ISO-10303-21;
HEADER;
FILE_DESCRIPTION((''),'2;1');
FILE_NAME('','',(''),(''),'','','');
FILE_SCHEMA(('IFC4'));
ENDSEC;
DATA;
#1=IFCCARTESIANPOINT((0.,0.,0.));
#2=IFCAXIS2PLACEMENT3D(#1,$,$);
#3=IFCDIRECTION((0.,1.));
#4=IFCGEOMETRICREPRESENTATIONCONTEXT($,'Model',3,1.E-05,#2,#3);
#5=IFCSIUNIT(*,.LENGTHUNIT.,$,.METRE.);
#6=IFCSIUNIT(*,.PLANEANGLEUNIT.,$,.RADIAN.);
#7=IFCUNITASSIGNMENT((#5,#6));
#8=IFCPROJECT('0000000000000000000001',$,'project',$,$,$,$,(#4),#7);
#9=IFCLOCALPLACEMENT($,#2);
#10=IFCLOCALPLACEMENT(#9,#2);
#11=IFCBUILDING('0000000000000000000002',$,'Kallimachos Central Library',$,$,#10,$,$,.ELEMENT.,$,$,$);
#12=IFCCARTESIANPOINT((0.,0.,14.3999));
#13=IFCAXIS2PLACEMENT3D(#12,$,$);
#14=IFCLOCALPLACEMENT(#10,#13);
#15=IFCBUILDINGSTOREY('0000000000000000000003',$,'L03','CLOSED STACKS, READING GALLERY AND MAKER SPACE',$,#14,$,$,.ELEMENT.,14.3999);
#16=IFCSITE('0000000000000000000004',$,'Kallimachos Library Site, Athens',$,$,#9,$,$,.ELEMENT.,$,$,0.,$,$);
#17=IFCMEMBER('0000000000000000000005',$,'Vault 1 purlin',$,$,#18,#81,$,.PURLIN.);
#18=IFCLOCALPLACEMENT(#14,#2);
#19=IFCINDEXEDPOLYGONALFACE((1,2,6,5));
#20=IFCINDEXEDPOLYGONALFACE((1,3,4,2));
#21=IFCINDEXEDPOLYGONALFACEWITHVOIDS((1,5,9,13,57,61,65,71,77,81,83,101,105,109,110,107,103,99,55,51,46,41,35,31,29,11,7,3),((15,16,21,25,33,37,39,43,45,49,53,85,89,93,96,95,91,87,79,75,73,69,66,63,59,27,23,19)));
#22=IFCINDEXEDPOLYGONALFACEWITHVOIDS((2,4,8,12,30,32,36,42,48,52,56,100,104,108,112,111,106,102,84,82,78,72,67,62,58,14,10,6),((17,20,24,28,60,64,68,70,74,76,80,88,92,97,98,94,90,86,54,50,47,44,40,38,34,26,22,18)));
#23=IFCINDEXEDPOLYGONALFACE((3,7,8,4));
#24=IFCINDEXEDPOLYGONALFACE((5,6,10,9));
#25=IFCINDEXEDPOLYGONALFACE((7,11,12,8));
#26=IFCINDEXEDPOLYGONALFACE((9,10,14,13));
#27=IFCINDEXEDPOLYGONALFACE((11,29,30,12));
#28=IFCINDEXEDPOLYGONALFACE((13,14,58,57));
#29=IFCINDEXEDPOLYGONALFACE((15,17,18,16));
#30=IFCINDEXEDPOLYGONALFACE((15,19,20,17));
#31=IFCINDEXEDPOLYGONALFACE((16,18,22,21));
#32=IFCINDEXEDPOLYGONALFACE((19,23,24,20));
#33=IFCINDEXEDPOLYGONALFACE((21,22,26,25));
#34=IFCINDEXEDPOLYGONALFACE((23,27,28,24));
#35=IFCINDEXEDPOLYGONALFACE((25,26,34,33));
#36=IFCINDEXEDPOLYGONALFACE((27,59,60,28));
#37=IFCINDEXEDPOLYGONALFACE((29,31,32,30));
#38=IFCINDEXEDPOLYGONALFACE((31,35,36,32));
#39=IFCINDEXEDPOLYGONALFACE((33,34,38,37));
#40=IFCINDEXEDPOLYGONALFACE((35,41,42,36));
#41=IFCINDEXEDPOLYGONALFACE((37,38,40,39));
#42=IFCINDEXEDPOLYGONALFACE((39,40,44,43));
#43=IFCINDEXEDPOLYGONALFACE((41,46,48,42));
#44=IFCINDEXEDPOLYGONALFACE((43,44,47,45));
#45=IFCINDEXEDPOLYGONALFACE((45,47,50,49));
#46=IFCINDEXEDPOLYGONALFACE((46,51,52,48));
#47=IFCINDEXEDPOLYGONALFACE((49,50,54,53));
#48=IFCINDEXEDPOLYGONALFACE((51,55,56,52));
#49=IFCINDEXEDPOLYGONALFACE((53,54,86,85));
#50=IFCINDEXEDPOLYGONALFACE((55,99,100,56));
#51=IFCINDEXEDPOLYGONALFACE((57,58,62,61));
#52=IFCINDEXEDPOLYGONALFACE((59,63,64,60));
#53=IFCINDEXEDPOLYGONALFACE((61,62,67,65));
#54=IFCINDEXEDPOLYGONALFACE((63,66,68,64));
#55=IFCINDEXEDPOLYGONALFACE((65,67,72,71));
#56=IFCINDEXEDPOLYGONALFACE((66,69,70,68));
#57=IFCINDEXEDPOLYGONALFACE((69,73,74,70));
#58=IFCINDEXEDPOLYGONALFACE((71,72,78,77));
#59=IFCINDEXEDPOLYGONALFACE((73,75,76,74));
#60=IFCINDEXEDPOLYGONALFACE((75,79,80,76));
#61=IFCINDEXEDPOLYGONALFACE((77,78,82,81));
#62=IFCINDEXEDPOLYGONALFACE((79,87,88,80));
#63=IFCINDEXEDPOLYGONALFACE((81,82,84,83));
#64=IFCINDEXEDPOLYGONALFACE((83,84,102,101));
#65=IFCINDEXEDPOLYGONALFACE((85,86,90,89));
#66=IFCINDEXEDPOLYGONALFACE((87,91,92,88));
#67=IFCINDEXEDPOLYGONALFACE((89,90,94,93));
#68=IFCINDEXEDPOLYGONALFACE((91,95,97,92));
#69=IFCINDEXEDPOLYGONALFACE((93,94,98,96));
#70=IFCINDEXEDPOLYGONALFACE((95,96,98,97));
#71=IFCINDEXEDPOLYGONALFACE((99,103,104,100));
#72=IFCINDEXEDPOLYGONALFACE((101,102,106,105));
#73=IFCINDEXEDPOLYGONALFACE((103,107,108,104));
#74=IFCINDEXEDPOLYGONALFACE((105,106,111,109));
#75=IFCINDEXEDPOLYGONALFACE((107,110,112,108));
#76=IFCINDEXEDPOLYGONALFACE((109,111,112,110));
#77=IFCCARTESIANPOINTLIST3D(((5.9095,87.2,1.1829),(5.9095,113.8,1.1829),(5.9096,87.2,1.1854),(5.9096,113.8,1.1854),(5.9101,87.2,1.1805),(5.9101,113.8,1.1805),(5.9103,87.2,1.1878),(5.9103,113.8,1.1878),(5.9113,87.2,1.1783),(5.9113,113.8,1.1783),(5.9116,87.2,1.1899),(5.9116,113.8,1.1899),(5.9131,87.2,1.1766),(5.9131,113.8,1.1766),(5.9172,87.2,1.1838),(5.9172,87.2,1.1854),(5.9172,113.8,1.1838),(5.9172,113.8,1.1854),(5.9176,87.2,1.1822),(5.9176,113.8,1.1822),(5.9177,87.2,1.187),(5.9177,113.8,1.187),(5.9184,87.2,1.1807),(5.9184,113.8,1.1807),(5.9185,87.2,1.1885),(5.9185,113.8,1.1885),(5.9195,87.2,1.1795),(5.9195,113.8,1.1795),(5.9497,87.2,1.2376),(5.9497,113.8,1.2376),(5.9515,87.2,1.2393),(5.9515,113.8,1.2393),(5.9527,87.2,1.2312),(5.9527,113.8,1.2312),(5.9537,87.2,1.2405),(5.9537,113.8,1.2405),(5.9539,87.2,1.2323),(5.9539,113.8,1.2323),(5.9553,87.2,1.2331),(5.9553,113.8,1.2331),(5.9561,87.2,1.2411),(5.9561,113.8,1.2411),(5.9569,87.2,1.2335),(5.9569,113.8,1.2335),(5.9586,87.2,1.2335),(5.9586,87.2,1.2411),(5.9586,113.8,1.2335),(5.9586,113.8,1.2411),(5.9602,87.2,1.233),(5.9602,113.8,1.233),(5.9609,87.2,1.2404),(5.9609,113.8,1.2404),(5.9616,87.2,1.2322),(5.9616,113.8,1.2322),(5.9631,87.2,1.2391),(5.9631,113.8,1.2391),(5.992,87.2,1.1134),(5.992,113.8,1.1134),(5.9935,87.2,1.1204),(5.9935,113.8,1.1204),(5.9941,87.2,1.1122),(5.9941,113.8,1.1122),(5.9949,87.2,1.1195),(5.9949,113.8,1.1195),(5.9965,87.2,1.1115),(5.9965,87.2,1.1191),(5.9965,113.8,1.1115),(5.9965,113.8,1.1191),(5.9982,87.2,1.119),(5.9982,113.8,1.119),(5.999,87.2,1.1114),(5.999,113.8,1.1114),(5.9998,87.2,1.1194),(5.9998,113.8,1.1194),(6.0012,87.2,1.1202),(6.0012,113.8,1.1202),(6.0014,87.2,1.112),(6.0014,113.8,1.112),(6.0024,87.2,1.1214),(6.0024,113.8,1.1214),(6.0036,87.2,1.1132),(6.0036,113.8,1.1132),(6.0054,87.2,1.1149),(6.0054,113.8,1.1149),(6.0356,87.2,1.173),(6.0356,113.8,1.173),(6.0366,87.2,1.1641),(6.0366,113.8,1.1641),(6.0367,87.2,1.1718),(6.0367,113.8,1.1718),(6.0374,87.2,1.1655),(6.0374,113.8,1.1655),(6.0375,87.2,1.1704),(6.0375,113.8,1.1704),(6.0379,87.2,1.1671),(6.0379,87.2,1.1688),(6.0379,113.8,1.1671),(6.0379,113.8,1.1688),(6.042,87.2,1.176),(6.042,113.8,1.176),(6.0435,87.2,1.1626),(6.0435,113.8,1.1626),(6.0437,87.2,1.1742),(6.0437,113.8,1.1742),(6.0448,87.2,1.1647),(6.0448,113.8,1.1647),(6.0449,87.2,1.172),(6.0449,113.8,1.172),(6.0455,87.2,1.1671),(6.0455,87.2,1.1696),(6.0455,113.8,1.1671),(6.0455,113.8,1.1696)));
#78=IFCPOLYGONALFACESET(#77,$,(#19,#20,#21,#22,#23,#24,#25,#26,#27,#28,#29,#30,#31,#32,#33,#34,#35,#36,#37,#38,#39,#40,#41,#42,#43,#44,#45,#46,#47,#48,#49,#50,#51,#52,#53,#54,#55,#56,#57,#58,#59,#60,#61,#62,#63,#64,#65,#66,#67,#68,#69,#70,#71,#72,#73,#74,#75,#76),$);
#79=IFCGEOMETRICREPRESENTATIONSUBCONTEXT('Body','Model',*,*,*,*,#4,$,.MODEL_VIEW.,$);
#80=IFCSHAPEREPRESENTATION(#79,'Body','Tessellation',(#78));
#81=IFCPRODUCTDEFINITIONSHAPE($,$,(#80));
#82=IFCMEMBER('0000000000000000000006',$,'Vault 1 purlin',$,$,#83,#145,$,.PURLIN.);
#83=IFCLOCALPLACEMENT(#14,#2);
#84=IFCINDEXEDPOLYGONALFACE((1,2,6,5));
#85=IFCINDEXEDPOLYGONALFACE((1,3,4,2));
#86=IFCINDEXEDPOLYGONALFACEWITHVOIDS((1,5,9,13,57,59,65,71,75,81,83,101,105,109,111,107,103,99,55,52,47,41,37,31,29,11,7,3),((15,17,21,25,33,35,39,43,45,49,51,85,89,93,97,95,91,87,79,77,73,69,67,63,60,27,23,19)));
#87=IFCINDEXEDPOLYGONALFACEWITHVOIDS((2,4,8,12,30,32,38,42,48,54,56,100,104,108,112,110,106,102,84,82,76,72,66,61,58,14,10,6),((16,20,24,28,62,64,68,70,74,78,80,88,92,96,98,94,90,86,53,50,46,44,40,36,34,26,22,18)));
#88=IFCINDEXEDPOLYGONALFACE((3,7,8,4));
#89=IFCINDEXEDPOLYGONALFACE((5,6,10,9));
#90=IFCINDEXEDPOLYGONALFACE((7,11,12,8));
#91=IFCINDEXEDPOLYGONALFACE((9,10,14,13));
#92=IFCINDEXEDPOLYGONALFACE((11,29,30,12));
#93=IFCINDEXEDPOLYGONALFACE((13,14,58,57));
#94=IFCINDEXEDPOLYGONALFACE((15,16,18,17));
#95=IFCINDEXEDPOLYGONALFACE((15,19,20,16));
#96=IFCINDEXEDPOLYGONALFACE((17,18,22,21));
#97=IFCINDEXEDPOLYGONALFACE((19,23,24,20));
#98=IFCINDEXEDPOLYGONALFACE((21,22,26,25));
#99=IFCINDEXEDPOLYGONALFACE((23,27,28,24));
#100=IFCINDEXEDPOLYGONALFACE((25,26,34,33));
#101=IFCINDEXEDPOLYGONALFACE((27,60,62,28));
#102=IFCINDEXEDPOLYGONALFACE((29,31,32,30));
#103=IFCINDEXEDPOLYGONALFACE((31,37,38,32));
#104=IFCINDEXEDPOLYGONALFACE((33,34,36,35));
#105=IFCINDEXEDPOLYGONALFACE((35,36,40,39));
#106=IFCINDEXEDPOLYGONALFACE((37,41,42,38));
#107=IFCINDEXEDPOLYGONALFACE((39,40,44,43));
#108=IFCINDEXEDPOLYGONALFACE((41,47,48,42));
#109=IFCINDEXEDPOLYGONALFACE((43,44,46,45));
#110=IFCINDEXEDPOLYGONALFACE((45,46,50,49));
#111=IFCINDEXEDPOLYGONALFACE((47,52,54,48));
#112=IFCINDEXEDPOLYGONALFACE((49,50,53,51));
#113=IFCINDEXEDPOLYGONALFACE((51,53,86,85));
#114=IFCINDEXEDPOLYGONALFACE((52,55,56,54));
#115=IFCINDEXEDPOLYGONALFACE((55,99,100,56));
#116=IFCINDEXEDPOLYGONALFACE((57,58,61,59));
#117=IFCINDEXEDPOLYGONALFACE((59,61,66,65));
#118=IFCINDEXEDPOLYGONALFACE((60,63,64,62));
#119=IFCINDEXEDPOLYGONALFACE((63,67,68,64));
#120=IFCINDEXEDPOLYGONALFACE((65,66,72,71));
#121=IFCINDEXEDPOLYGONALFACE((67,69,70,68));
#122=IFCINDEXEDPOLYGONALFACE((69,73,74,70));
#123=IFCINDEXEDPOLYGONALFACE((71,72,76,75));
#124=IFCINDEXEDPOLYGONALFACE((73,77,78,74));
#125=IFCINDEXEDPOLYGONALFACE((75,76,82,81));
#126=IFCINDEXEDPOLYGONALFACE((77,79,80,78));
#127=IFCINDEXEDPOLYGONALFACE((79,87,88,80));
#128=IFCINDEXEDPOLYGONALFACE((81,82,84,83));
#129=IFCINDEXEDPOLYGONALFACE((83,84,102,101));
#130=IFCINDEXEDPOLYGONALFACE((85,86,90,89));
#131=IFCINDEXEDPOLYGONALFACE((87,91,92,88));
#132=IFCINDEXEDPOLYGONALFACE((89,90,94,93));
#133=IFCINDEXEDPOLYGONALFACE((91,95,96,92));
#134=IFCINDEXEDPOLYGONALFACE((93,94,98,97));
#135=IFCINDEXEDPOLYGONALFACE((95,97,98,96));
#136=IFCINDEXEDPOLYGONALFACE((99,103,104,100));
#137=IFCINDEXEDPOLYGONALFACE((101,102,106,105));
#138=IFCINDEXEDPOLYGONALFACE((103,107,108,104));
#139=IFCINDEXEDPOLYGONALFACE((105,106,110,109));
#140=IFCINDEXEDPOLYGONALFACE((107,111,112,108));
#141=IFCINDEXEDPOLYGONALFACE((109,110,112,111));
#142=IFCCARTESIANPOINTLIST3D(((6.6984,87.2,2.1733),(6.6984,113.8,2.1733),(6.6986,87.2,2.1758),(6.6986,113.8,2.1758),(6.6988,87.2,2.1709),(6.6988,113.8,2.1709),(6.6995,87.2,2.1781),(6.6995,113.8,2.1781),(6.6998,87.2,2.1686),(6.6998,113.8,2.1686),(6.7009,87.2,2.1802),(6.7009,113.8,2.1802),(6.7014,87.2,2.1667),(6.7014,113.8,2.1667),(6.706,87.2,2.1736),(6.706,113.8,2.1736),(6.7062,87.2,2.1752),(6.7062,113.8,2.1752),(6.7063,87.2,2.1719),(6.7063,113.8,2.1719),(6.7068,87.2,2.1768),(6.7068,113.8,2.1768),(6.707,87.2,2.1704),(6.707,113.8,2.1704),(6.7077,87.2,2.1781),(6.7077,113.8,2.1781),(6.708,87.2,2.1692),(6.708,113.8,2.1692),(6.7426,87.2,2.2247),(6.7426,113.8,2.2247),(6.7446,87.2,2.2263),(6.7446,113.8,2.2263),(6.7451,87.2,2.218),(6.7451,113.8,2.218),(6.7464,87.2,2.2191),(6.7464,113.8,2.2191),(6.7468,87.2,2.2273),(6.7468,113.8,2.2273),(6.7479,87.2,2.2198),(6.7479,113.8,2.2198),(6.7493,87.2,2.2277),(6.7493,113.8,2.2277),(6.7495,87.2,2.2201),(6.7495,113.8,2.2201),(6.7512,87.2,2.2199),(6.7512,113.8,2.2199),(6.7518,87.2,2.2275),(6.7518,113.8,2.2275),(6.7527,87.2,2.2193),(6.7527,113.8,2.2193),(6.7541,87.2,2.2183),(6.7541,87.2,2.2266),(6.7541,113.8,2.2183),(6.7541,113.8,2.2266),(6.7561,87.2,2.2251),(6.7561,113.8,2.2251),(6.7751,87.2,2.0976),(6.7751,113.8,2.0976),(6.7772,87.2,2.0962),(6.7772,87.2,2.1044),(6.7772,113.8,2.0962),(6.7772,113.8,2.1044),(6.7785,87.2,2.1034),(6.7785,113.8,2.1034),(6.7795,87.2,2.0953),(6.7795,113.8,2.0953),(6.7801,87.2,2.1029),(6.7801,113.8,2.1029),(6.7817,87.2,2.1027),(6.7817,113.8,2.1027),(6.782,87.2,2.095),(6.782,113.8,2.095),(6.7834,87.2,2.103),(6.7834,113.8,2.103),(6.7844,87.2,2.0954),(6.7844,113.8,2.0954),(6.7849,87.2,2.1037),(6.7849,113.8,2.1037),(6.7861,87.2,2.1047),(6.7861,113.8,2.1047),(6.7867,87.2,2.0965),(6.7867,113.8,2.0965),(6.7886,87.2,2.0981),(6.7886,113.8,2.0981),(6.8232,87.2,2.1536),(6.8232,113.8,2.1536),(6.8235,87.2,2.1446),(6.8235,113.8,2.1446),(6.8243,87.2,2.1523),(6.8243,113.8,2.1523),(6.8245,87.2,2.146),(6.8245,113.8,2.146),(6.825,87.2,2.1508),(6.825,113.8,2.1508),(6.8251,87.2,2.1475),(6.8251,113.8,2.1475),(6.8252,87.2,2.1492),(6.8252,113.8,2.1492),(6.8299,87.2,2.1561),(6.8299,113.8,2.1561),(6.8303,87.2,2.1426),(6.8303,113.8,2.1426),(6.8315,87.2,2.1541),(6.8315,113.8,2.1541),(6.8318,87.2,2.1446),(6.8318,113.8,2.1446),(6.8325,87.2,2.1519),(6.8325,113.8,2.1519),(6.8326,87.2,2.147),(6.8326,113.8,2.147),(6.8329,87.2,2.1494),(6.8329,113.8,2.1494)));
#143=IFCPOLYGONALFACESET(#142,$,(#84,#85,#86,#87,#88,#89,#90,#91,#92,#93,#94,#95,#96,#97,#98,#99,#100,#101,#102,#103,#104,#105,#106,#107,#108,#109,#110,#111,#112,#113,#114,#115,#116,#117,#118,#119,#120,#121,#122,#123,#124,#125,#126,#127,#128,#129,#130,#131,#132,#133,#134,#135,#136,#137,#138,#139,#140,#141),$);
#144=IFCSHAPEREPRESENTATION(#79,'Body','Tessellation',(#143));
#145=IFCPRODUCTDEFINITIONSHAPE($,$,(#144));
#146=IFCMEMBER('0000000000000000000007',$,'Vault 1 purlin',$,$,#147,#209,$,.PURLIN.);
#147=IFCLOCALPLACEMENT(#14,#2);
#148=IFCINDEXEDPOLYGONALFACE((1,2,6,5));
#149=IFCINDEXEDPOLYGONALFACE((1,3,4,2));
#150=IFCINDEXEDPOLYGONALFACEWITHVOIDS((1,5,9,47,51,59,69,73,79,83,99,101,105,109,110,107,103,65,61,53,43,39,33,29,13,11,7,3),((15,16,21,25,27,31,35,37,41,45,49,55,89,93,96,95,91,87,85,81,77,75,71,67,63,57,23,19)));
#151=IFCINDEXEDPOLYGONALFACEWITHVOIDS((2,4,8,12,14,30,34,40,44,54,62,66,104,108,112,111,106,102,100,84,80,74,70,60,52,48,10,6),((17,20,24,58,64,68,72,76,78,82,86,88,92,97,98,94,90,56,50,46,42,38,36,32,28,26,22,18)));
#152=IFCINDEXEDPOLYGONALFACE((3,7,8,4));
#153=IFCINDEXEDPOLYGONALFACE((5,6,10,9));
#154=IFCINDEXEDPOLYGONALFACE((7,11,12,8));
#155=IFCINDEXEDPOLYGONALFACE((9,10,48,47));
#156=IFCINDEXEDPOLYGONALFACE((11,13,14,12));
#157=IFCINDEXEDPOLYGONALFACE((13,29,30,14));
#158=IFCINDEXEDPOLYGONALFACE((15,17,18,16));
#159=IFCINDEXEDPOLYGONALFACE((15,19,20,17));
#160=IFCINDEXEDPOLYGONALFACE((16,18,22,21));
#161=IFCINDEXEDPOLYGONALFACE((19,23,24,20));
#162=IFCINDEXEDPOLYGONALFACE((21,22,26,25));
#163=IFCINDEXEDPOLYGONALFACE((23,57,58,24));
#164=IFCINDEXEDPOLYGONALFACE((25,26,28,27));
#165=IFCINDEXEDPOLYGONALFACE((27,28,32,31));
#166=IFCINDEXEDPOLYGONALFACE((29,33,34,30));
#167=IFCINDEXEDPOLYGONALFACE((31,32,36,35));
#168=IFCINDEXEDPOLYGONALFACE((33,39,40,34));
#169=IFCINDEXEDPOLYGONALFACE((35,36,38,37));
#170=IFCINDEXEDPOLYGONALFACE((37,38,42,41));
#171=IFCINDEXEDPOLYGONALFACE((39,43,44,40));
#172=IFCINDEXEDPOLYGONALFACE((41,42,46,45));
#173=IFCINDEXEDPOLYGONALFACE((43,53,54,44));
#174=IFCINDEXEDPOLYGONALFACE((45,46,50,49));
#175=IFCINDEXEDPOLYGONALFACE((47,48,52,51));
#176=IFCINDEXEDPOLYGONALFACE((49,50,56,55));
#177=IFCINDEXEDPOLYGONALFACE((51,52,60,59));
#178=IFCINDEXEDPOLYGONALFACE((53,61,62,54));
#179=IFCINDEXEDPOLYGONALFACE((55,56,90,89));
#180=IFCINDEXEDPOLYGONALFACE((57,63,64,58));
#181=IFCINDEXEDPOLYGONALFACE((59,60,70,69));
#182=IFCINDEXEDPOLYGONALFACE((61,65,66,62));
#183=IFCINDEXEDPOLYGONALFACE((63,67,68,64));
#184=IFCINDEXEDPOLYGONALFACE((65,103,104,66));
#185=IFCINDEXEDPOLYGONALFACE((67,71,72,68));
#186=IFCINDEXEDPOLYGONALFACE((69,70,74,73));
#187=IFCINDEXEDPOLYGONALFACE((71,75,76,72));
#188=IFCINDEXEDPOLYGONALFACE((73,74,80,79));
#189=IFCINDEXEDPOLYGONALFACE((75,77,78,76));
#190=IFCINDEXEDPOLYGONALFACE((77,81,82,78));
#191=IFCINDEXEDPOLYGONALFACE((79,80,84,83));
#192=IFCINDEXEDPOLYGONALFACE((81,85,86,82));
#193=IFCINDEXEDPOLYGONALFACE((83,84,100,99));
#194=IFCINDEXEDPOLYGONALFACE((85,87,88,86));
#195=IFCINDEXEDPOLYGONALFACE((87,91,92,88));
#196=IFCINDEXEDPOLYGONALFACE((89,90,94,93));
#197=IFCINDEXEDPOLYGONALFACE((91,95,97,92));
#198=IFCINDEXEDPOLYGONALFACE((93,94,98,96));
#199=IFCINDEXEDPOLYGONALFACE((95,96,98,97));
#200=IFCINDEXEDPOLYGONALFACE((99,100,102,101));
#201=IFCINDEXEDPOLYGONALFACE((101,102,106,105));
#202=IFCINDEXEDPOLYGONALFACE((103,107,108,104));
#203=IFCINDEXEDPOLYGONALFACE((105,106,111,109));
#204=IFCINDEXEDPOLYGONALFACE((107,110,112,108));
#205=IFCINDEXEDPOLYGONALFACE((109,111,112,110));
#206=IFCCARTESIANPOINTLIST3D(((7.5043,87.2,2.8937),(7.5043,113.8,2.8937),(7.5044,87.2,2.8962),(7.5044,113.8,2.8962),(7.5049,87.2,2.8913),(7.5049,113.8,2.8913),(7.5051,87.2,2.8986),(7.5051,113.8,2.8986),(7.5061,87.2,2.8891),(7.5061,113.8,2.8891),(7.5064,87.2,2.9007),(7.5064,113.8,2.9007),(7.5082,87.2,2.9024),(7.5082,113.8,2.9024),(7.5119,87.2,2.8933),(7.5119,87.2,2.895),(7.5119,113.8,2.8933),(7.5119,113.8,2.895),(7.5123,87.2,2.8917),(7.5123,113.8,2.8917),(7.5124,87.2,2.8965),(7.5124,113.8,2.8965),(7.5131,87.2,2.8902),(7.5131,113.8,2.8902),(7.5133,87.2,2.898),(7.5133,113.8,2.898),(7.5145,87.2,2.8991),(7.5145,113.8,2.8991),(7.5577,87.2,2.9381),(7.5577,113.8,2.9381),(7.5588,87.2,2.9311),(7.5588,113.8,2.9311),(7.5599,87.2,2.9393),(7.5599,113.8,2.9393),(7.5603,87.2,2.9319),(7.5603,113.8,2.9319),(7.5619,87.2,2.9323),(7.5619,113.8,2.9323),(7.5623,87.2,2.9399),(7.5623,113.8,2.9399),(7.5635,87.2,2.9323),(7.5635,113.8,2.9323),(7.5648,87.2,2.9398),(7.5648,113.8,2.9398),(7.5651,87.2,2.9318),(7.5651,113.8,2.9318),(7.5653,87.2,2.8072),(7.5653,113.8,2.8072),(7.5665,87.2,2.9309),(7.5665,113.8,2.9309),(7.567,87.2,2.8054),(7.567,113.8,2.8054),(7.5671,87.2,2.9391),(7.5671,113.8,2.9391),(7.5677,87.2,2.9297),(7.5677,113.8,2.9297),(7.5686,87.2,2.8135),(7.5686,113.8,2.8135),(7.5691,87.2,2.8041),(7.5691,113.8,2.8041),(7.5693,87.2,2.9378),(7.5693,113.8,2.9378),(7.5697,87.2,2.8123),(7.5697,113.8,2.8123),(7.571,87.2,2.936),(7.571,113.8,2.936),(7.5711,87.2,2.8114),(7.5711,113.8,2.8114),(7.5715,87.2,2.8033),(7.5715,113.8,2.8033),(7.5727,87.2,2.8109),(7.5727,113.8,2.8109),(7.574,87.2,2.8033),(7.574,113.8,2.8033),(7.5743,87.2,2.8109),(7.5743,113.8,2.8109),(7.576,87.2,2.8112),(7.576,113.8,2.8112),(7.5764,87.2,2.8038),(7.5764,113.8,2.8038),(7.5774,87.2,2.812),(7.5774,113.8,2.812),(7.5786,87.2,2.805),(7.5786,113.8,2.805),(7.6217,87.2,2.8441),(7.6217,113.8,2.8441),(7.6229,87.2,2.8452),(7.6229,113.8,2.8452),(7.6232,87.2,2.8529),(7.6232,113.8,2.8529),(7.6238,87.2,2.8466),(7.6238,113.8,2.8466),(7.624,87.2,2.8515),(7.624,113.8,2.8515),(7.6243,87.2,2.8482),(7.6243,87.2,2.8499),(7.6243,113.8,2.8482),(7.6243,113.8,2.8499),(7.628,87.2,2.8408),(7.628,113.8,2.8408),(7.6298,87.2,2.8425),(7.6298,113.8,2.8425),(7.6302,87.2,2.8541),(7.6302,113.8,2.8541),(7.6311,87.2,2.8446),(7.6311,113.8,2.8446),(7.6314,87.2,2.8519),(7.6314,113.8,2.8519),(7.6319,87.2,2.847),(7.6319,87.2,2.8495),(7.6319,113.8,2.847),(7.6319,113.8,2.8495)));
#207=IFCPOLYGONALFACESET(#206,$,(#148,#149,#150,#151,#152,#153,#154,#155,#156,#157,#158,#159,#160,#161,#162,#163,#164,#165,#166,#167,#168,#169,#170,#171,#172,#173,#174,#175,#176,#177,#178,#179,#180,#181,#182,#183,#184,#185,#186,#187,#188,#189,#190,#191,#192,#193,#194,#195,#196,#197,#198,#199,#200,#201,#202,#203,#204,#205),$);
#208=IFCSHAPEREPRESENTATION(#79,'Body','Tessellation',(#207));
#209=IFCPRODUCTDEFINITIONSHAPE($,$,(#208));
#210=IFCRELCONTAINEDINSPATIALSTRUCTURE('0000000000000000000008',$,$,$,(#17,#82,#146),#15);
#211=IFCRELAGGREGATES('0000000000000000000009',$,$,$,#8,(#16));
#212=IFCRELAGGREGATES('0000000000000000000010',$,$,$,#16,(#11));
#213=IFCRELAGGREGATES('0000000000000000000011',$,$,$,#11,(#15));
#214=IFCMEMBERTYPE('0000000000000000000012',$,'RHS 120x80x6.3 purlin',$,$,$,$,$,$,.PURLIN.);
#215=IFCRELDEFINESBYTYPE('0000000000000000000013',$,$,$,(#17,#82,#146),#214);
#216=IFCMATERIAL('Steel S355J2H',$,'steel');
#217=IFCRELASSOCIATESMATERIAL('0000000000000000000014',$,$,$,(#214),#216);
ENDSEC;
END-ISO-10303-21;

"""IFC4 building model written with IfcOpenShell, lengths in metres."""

from ifc_helpers import new_model, si_unit, direction, frame, origin, origin_2d, place, context, subcontext, project, spatial, hollow_rectangle, extrude, material, material_profile, profile_set, type_object, element, save


model = new_model("IFC4")

# Units and contexts
model_context = context("Model", 3, precision=1e-05, world=origin(), true_north=direction((0.0, 1.0)))
body_context = subcontext(model_context, "Body", "Model", "MODEL_VIEW")
ifc_project = project(units=[si_unit("LENGTHUNIT", "METRE"), si_unit("PLANEANGLEUNIT", "RADIAN")], contexts=[model_context])

# Site, building, storey
site_placement = place(None, origin())
site = spatial("IfcSite", under=ifc_project, at=site_placement, Name="Kallimachos Library Site, Athens", CompositionType="ELEMENT", RefElevation=0.0)
building_placement = place(site_placement, origin())
building = spatial("IfcBuilding", under=site, at=building_placement, Name="Kallimachos Central Library", CompositionType="ELEMENT")
storey_placement = place(building_placement, frame((0.0, 0.0, 14.3999)))
storey = spatial("IfcBuildingStorey", under=building, at=storey_placement, Name="L03", Description="CLOSED STACKS, READING GALLERY AND MAKER SPACE", CompositionType="ELEMENT", Elevation=14.3999)

# Members
ifc_material_1 = material(Name="Steel S355J2H", Category="steel")
ifc_material_profile = material_profile(ifc_material_1, hollow_rectangle(XDim=0.0801, YDim=0.1201, WallThickness=0.0063, InnerFilletRadius=0.0063, OuterFilletRadius=0.0095, at=origin_2d()), Name="RHS 120x80x6.3")
ifc_profile_set = profile_set([ifc_material_profile], Name="Steel S355J2H")
member_type = type_object("IfcMemberType", Name="RHS 120x80x6.3 purlin", PredefinedType="PURLIN", material=ifc_profile_set)
for number, where, z_axis, x_axis, name in (
    (1, (5.9775, 87.2, 1.1763), (0.0, 1.0, 0.0), (-0.62444, 0.0, -0.781072), "Vault 1 purlin"),
    (2, (6.7656, 87.2, 2.1614), (0.0, 1.0, 0.0), (-0.683497, 0.0, -0.729953), "Vault 1 purlin"),
    (3, (7.5681, 87.2, 2.8716), (0.0, 1.0, 0.0), (-0.810449, 0.0, -0.585809), "Vault 1 purlin"),
):
    element("IfcMember", number, at=place(storey_placement, frame(where, z_axis=z_axis, x_axis=x_axis)), inside=storey, type_object=member_type, Name=name, PredefinedType="PURLIN", context=body_context, shape_type="SweptSolid", body=[
        extrude(hollow_rectangle(XDim=0.0801, YDim=0.1201, WallThickness=0.0063, InnerFilletRadius=0.0063, OuterFilletRadius=0.0095, at=origin_2d()), origin(), (0.0, 0.0, 1.0), 26.6001),
    ])

save(model, "model.ifc")
